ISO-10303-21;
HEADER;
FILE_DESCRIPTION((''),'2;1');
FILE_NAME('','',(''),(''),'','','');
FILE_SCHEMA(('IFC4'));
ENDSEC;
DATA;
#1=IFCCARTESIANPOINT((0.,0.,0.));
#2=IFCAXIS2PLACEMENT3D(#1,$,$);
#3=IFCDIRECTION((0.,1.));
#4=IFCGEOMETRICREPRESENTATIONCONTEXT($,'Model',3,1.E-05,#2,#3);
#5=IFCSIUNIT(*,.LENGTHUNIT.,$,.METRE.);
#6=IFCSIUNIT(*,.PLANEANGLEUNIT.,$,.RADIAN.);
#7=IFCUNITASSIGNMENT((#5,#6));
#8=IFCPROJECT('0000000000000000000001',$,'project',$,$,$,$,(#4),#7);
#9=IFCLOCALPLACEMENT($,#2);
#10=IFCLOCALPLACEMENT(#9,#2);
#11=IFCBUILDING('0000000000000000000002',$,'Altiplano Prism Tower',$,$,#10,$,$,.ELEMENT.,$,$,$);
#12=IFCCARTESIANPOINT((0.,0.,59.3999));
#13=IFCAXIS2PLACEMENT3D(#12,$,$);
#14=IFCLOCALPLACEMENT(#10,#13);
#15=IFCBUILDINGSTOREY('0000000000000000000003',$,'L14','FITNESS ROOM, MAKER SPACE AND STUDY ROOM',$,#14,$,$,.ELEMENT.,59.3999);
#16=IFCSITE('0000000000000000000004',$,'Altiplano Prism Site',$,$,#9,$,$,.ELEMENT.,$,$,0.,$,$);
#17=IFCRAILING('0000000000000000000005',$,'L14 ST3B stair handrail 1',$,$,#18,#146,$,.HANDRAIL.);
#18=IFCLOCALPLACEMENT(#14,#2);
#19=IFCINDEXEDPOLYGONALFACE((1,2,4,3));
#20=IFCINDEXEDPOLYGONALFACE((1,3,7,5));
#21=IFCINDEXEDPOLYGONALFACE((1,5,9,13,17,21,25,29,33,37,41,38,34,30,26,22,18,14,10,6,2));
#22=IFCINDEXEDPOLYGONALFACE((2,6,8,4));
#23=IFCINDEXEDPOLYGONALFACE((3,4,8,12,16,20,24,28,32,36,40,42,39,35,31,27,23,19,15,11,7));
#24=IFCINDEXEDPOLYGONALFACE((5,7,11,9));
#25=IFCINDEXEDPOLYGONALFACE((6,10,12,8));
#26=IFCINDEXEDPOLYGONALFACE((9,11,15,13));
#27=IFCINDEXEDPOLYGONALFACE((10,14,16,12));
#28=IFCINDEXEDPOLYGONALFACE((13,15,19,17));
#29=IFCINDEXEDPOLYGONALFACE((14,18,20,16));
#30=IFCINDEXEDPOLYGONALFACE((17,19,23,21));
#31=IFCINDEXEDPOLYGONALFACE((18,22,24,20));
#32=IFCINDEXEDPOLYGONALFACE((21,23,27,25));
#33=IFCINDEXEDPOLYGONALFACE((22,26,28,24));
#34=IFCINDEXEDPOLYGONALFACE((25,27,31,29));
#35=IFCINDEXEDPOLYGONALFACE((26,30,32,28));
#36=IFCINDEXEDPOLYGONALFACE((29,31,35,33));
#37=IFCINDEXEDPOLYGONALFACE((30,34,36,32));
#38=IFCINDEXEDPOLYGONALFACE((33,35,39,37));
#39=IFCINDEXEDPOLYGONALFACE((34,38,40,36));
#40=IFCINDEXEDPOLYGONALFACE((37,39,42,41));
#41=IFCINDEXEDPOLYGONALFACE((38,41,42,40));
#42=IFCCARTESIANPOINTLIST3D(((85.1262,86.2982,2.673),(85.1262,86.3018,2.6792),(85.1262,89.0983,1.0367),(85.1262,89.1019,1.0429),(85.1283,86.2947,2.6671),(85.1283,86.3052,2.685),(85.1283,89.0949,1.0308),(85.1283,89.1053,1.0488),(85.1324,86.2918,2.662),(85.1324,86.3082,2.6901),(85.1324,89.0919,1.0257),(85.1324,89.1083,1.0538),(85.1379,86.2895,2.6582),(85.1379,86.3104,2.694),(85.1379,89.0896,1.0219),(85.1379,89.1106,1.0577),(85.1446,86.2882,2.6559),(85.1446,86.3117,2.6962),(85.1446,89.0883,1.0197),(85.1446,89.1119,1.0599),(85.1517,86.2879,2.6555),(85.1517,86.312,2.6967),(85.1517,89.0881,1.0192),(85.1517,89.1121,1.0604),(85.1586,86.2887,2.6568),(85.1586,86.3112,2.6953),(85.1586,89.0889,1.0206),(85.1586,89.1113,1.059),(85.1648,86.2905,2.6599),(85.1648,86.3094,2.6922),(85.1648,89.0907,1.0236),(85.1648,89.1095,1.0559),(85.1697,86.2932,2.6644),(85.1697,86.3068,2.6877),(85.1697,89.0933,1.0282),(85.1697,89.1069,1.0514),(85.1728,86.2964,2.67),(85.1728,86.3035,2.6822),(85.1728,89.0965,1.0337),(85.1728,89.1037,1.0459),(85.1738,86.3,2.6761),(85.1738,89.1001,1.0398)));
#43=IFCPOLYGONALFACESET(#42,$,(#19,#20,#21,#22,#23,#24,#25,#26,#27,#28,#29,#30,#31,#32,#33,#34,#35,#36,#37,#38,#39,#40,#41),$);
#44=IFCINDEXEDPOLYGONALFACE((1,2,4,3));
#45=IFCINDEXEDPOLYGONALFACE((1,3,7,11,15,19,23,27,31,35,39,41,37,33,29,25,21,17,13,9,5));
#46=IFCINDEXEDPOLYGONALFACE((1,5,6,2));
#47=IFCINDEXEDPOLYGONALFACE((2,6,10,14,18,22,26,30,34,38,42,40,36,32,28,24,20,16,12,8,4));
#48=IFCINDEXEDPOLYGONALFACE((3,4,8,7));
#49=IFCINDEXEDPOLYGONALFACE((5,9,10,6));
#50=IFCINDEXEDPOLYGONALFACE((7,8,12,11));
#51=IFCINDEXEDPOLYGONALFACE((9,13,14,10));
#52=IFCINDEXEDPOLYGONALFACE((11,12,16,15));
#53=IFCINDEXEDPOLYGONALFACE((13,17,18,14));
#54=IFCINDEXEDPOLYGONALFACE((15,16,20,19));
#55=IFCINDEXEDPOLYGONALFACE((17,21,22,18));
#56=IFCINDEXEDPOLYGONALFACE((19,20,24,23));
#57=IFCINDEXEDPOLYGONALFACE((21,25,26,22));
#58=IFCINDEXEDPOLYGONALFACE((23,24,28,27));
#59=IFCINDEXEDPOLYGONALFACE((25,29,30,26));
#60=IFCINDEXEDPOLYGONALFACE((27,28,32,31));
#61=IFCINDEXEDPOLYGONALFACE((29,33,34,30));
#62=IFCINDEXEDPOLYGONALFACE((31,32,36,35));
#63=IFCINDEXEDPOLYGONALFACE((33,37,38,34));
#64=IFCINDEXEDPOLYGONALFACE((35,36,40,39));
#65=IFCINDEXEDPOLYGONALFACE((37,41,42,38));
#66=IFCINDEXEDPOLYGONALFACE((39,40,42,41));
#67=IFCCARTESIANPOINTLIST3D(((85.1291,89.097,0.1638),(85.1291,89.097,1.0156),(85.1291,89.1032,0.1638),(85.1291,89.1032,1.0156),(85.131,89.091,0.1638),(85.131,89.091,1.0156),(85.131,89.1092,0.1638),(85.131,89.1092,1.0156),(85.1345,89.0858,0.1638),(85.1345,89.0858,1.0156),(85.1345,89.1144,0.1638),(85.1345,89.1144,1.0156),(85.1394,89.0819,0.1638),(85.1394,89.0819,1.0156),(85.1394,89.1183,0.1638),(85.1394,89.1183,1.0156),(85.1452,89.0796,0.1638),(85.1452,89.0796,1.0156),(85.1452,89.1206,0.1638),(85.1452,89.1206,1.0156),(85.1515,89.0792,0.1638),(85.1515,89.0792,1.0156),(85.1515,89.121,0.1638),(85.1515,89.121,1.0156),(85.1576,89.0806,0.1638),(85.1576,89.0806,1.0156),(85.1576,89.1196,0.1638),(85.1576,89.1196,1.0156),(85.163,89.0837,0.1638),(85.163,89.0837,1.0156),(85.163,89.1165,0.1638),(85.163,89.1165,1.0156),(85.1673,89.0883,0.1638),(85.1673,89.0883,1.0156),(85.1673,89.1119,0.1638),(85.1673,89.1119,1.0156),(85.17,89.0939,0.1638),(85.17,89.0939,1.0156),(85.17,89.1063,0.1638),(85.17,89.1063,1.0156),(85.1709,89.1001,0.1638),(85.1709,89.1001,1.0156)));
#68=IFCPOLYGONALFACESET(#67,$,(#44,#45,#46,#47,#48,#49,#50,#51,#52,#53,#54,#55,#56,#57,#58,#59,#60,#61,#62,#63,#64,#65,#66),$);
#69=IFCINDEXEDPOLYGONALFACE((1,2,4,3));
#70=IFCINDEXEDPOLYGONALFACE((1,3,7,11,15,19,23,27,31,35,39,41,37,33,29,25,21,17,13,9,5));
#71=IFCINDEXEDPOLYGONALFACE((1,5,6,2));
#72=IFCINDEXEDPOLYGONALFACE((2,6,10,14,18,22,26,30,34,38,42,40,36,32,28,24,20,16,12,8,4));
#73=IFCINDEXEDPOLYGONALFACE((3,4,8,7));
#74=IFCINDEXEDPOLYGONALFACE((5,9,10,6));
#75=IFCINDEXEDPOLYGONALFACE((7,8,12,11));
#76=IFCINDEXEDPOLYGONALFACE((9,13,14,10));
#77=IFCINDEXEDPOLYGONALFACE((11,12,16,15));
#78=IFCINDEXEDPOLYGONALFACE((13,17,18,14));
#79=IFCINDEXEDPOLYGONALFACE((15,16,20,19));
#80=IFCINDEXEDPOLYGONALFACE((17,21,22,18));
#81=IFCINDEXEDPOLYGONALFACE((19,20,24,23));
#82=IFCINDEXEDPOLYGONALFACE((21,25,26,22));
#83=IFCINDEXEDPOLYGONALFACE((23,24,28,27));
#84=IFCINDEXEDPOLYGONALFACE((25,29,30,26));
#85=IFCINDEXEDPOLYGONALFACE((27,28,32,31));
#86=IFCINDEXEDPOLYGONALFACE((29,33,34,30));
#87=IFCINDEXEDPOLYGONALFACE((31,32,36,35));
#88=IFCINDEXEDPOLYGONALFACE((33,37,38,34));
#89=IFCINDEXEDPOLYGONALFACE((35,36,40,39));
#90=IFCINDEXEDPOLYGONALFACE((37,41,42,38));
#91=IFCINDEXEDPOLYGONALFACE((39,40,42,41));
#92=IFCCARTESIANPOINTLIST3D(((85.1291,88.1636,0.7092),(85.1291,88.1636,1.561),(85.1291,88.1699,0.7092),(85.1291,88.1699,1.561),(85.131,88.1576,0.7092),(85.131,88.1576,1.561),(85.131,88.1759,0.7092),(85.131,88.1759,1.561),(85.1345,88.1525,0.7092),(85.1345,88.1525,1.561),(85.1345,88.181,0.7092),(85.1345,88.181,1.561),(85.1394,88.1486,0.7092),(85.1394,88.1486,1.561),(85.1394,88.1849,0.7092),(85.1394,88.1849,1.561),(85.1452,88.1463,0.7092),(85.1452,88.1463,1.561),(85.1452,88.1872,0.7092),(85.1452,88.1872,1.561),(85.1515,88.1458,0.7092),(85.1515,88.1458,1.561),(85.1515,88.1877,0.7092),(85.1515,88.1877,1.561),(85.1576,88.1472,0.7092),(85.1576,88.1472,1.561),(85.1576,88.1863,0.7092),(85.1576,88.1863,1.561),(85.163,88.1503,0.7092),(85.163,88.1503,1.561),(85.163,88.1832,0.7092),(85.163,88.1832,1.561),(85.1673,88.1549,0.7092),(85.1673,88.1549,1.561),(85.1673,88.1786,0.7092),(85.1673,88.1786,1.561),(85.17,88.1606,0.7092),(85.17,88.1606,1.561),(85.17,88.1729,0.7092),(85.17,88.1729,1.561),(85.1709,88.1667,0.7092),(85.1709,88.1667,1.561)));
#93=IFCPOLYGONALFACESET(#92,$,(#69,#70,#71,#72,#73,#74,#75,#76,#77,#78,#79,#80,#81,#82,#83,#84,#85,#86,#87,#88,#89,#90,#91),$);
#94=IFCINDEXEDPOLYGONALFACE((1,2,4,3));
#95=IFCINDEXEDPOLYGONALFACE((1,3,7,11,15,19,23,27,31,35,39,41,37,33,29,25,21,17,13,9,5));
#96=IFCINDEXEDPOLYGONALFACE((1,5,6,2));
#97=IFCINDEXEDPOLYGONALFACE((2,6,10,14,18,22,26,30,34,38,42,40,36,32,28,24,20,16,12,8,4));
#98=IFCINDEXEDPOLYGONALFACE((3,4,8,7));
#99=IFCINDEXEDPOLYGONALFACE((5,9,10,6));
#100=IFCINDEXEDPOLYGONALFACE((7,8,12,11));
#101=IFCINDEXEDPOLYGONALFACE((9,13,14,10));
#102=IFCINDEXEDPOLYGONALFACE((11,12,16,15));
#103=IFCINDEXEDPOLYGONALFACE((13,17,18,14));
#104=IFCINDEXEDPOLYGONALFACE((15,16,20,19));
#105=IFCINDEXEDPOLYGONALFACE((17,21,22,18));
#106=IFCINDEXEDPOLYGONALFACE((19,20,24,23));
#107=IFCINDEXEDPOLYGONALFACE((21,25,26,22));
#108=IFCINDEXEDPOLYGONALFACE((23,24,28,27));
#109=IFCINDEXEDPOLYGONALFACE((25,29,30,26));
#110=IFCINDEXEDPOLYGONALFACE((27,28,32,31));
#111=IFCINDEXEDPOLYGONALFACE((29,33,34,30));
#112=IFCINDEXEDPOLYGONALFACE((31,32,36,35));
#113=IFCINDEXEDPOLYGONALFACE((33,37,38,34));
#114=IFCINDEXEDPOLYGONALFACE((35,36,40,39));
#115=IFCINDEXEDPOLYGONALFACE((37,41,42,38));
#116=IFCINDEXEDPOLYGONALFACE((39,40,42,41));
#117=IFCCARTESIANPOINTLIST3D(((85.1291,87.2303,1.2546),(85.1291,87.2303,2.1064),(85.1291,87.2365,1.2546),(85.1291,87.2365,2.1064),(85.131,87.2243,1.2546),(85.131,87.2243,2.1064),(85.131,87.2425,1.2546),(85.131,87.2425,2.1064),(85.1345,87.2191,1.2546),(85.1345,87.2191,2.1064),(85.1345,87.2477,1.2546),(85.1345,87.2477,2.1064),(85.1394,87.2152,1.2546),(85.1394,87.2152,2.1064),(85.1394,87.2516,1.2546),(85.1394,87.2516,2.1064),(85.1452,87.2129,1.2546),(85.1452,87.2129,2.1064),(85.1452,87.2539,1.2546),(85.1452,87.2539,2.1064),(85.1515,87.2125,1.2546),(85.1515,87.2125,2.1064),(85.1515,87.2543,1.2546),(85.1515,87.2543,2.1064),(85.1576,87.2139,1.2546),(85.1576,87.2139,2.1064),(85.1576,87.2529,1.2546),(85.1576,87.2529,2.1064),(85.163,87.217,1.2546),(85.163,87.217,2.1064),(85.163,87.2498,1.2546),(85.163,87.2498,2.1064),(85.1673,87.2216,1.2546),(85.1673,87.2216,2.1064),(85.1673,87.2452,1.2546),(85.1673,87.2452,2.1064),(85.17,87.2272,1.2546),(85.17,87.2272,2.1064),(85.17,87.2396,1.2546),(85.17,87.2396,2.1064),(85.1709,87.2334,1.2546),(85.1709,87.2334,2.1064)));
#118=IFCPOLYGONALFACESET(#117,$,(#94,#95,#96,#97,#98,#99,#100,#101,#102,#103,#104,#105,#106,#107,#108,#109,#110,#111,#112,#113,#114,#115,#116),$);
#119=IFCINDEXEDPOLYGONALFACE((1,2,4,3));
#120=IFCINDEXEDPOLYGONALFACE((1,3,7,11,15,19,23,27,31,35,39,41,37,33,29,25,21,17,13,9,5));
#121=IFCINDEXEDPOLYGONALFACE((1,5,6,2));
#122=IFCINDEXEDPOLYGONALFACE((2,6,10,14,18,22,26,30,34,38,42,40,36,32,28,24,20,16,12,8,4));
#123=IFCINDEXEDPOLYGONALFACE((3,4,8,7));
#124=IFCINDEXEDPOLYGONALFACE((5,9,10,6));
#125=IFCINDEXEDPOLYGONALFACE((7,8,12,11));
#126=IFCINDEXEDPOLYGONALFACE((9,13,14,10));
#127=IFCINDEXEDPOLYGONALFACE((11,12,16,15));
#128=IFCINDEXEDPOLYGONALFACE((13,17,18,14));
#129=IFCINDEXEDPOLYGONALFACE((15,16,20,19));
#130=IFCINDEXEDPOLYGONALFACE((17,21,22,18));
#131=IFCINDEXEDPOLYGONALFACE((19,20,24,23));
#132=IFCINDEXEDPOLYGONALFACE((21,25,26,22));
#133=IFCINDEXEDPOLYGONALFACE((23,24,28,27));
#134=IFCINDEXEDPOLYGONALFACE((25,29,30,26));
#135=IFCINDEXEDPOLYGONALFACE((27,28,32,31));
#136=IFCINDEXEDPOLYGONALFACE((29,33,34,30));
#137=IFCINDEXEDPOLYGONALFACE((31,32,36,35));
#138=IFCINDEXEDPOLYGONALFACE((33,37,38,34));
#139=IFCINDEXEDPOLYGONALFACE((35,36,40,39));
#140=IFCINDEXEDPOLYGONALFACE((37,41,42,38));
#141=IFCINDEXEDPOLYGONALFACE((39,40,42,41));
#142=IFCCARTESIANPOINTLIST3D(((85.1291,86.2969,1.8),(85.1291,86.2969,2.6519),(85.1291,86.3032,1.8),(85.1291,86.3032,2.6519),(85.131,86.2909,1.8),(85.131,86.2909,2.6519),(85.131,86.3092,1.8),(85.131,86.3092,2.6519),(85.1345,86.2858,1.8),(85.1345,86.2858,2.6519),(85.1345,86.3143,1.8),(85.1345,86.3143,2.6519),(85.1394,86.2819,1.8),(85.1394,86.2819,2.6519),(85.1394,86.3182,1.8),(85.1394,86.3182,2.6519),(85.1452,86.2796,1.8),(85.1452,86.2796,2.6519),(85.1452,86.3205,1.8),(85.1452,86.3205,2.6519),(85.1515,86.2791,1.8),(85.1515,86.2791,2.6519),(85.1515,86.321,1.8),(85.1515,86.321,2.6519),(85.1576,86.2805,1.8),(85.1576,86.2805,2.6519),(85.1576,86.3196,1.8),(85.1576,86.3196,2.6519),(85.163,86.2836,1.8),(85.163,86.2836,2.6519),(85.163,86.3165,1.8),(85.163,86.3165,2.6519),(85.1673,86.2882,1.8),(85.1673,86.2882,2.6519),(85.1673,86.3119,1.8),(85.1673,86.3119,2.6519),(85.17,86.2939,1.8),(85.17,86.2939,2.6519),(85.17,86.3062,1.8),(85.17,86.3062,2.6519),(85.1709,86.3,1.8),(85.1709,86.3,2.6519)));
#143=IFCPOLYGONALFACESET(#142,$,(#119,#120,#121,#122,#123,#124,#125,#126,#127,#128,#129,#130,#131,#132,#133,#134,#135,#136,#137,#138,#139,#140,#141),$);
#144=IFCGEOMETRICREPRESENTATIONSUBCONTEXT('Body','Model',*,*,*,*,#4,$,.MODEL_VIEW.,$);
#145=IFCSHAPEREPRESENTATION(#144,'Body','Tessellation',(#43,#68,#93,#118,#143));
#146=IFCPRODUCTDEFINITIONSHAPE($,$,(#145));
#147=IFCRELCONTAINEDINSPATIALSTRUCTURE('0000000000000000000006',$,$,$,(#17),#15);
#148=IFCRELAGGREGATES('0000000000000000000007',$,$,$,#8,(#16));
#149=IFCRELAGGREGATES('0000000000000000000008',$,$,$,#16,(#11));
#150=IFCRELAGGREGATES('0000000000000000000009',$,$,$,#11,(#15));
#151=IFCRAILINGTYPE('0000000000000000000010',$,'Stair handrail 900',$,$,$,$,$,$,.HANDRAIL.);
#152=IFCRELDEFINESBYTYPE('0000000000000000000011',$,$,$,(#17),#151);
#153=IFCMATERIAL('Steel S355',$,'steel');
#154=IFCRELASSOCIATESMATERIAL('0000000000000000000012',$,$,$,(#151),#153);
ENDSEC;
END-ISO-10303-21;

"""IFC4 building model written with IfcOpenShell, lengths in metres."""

from ifc_helpers import new_model, si_unit, direction, frame, origin, origin_2d, place, context, subcontext, project, spatial, circle, extrude, material, type_object, element, save


model = new_model("IFC4")

# Units and contexts
model_context = context("Model", 3, precision=1e-05, world=origin(), true_north=direction((0.0, 1.0)))
body_context = subcontext(model_context, "Body", "Model", "MODEL_VIEW")
ifc_project = project(units=[si_unit("LENGTHUNIT", "METRE"), si_unit("PLANEANGLEUNIT", "RADIAN")], contexts=[model_context])

# Site, building, storey
site_placement = place(None, origin())
site = spatial("IfcSite", under=ifc_project, at=site_placement, Name="Altiplano Prism Site", CompositionType="ELEMENT", RefElevation=0.0)
building_placement = place(site_placement, origin())
building = spatial("IfcBuilding", under=site, at=building_placement, Name="Altiplano Prism Tower", CompositionType="ELEMENT")
storey_placement = place(building_placement, frame((0.0, 0.0, 59.3999)))
storey = spatial("IfcBuildingStorey", under=building, at=storey_placement, Name="L14", Description="FITNESS ROOM, MAKER SPACE AND STUDY ROOM", CompositionType="ELEMENT", Elevation=59.3999)

# Railing
ifc_material_1 = material(Name="Steel S355", Category="steel")
railing_type = type_object("IfcRailingType", Name="Stair handrail 900", PredefinedType="HANDRAIL", material=ifc_material_1)
railing_1_placement = place(storey_placement, frame((85.1499, 89.1001, 0.1638)))
element("IfcRailing", 1, at=railing_1_placement, inside=storey, type_object=railing_type, Name="L14 ST3B stair handrail 1", PredefinedType="HANDRAIL", context=body_context, shape_type="SweptSolid", body=[
    extrude(circle(Radius=0.0239, at=origin_2d()), frame((0.0, 0.0, 0.876), z_axis=(0.0, -0.863394, 0.504531), x_axis=(1.0, 0.0, 0.0)), (0.0, 0.0, 1.0), 3.2432),
    extrude(circle(Radius=0.021, at=origin_2d()), origin(), (0.0, 0.0, 1.0), 0.8518),
    extrude(circle(Radius=0.021, at=origin_2d()), frame((0.0, -0.9333, 0.5454)), (0.0, 0.0, 1.0), 0.8518),
    extrude(circle(Radius=0.021, at=origin_2d()), frame((0.0, -1.8667, 1.0908)), (0.0, 0.0, 1.0), 0.8518),
    extrude(circle(Radius=0.021, at=origin_2d()), frame((0.0, -2.8, 1.6362)), (0.0, 0.0, 1.0), 0.8518),
])

save(model, "model.ifc")
